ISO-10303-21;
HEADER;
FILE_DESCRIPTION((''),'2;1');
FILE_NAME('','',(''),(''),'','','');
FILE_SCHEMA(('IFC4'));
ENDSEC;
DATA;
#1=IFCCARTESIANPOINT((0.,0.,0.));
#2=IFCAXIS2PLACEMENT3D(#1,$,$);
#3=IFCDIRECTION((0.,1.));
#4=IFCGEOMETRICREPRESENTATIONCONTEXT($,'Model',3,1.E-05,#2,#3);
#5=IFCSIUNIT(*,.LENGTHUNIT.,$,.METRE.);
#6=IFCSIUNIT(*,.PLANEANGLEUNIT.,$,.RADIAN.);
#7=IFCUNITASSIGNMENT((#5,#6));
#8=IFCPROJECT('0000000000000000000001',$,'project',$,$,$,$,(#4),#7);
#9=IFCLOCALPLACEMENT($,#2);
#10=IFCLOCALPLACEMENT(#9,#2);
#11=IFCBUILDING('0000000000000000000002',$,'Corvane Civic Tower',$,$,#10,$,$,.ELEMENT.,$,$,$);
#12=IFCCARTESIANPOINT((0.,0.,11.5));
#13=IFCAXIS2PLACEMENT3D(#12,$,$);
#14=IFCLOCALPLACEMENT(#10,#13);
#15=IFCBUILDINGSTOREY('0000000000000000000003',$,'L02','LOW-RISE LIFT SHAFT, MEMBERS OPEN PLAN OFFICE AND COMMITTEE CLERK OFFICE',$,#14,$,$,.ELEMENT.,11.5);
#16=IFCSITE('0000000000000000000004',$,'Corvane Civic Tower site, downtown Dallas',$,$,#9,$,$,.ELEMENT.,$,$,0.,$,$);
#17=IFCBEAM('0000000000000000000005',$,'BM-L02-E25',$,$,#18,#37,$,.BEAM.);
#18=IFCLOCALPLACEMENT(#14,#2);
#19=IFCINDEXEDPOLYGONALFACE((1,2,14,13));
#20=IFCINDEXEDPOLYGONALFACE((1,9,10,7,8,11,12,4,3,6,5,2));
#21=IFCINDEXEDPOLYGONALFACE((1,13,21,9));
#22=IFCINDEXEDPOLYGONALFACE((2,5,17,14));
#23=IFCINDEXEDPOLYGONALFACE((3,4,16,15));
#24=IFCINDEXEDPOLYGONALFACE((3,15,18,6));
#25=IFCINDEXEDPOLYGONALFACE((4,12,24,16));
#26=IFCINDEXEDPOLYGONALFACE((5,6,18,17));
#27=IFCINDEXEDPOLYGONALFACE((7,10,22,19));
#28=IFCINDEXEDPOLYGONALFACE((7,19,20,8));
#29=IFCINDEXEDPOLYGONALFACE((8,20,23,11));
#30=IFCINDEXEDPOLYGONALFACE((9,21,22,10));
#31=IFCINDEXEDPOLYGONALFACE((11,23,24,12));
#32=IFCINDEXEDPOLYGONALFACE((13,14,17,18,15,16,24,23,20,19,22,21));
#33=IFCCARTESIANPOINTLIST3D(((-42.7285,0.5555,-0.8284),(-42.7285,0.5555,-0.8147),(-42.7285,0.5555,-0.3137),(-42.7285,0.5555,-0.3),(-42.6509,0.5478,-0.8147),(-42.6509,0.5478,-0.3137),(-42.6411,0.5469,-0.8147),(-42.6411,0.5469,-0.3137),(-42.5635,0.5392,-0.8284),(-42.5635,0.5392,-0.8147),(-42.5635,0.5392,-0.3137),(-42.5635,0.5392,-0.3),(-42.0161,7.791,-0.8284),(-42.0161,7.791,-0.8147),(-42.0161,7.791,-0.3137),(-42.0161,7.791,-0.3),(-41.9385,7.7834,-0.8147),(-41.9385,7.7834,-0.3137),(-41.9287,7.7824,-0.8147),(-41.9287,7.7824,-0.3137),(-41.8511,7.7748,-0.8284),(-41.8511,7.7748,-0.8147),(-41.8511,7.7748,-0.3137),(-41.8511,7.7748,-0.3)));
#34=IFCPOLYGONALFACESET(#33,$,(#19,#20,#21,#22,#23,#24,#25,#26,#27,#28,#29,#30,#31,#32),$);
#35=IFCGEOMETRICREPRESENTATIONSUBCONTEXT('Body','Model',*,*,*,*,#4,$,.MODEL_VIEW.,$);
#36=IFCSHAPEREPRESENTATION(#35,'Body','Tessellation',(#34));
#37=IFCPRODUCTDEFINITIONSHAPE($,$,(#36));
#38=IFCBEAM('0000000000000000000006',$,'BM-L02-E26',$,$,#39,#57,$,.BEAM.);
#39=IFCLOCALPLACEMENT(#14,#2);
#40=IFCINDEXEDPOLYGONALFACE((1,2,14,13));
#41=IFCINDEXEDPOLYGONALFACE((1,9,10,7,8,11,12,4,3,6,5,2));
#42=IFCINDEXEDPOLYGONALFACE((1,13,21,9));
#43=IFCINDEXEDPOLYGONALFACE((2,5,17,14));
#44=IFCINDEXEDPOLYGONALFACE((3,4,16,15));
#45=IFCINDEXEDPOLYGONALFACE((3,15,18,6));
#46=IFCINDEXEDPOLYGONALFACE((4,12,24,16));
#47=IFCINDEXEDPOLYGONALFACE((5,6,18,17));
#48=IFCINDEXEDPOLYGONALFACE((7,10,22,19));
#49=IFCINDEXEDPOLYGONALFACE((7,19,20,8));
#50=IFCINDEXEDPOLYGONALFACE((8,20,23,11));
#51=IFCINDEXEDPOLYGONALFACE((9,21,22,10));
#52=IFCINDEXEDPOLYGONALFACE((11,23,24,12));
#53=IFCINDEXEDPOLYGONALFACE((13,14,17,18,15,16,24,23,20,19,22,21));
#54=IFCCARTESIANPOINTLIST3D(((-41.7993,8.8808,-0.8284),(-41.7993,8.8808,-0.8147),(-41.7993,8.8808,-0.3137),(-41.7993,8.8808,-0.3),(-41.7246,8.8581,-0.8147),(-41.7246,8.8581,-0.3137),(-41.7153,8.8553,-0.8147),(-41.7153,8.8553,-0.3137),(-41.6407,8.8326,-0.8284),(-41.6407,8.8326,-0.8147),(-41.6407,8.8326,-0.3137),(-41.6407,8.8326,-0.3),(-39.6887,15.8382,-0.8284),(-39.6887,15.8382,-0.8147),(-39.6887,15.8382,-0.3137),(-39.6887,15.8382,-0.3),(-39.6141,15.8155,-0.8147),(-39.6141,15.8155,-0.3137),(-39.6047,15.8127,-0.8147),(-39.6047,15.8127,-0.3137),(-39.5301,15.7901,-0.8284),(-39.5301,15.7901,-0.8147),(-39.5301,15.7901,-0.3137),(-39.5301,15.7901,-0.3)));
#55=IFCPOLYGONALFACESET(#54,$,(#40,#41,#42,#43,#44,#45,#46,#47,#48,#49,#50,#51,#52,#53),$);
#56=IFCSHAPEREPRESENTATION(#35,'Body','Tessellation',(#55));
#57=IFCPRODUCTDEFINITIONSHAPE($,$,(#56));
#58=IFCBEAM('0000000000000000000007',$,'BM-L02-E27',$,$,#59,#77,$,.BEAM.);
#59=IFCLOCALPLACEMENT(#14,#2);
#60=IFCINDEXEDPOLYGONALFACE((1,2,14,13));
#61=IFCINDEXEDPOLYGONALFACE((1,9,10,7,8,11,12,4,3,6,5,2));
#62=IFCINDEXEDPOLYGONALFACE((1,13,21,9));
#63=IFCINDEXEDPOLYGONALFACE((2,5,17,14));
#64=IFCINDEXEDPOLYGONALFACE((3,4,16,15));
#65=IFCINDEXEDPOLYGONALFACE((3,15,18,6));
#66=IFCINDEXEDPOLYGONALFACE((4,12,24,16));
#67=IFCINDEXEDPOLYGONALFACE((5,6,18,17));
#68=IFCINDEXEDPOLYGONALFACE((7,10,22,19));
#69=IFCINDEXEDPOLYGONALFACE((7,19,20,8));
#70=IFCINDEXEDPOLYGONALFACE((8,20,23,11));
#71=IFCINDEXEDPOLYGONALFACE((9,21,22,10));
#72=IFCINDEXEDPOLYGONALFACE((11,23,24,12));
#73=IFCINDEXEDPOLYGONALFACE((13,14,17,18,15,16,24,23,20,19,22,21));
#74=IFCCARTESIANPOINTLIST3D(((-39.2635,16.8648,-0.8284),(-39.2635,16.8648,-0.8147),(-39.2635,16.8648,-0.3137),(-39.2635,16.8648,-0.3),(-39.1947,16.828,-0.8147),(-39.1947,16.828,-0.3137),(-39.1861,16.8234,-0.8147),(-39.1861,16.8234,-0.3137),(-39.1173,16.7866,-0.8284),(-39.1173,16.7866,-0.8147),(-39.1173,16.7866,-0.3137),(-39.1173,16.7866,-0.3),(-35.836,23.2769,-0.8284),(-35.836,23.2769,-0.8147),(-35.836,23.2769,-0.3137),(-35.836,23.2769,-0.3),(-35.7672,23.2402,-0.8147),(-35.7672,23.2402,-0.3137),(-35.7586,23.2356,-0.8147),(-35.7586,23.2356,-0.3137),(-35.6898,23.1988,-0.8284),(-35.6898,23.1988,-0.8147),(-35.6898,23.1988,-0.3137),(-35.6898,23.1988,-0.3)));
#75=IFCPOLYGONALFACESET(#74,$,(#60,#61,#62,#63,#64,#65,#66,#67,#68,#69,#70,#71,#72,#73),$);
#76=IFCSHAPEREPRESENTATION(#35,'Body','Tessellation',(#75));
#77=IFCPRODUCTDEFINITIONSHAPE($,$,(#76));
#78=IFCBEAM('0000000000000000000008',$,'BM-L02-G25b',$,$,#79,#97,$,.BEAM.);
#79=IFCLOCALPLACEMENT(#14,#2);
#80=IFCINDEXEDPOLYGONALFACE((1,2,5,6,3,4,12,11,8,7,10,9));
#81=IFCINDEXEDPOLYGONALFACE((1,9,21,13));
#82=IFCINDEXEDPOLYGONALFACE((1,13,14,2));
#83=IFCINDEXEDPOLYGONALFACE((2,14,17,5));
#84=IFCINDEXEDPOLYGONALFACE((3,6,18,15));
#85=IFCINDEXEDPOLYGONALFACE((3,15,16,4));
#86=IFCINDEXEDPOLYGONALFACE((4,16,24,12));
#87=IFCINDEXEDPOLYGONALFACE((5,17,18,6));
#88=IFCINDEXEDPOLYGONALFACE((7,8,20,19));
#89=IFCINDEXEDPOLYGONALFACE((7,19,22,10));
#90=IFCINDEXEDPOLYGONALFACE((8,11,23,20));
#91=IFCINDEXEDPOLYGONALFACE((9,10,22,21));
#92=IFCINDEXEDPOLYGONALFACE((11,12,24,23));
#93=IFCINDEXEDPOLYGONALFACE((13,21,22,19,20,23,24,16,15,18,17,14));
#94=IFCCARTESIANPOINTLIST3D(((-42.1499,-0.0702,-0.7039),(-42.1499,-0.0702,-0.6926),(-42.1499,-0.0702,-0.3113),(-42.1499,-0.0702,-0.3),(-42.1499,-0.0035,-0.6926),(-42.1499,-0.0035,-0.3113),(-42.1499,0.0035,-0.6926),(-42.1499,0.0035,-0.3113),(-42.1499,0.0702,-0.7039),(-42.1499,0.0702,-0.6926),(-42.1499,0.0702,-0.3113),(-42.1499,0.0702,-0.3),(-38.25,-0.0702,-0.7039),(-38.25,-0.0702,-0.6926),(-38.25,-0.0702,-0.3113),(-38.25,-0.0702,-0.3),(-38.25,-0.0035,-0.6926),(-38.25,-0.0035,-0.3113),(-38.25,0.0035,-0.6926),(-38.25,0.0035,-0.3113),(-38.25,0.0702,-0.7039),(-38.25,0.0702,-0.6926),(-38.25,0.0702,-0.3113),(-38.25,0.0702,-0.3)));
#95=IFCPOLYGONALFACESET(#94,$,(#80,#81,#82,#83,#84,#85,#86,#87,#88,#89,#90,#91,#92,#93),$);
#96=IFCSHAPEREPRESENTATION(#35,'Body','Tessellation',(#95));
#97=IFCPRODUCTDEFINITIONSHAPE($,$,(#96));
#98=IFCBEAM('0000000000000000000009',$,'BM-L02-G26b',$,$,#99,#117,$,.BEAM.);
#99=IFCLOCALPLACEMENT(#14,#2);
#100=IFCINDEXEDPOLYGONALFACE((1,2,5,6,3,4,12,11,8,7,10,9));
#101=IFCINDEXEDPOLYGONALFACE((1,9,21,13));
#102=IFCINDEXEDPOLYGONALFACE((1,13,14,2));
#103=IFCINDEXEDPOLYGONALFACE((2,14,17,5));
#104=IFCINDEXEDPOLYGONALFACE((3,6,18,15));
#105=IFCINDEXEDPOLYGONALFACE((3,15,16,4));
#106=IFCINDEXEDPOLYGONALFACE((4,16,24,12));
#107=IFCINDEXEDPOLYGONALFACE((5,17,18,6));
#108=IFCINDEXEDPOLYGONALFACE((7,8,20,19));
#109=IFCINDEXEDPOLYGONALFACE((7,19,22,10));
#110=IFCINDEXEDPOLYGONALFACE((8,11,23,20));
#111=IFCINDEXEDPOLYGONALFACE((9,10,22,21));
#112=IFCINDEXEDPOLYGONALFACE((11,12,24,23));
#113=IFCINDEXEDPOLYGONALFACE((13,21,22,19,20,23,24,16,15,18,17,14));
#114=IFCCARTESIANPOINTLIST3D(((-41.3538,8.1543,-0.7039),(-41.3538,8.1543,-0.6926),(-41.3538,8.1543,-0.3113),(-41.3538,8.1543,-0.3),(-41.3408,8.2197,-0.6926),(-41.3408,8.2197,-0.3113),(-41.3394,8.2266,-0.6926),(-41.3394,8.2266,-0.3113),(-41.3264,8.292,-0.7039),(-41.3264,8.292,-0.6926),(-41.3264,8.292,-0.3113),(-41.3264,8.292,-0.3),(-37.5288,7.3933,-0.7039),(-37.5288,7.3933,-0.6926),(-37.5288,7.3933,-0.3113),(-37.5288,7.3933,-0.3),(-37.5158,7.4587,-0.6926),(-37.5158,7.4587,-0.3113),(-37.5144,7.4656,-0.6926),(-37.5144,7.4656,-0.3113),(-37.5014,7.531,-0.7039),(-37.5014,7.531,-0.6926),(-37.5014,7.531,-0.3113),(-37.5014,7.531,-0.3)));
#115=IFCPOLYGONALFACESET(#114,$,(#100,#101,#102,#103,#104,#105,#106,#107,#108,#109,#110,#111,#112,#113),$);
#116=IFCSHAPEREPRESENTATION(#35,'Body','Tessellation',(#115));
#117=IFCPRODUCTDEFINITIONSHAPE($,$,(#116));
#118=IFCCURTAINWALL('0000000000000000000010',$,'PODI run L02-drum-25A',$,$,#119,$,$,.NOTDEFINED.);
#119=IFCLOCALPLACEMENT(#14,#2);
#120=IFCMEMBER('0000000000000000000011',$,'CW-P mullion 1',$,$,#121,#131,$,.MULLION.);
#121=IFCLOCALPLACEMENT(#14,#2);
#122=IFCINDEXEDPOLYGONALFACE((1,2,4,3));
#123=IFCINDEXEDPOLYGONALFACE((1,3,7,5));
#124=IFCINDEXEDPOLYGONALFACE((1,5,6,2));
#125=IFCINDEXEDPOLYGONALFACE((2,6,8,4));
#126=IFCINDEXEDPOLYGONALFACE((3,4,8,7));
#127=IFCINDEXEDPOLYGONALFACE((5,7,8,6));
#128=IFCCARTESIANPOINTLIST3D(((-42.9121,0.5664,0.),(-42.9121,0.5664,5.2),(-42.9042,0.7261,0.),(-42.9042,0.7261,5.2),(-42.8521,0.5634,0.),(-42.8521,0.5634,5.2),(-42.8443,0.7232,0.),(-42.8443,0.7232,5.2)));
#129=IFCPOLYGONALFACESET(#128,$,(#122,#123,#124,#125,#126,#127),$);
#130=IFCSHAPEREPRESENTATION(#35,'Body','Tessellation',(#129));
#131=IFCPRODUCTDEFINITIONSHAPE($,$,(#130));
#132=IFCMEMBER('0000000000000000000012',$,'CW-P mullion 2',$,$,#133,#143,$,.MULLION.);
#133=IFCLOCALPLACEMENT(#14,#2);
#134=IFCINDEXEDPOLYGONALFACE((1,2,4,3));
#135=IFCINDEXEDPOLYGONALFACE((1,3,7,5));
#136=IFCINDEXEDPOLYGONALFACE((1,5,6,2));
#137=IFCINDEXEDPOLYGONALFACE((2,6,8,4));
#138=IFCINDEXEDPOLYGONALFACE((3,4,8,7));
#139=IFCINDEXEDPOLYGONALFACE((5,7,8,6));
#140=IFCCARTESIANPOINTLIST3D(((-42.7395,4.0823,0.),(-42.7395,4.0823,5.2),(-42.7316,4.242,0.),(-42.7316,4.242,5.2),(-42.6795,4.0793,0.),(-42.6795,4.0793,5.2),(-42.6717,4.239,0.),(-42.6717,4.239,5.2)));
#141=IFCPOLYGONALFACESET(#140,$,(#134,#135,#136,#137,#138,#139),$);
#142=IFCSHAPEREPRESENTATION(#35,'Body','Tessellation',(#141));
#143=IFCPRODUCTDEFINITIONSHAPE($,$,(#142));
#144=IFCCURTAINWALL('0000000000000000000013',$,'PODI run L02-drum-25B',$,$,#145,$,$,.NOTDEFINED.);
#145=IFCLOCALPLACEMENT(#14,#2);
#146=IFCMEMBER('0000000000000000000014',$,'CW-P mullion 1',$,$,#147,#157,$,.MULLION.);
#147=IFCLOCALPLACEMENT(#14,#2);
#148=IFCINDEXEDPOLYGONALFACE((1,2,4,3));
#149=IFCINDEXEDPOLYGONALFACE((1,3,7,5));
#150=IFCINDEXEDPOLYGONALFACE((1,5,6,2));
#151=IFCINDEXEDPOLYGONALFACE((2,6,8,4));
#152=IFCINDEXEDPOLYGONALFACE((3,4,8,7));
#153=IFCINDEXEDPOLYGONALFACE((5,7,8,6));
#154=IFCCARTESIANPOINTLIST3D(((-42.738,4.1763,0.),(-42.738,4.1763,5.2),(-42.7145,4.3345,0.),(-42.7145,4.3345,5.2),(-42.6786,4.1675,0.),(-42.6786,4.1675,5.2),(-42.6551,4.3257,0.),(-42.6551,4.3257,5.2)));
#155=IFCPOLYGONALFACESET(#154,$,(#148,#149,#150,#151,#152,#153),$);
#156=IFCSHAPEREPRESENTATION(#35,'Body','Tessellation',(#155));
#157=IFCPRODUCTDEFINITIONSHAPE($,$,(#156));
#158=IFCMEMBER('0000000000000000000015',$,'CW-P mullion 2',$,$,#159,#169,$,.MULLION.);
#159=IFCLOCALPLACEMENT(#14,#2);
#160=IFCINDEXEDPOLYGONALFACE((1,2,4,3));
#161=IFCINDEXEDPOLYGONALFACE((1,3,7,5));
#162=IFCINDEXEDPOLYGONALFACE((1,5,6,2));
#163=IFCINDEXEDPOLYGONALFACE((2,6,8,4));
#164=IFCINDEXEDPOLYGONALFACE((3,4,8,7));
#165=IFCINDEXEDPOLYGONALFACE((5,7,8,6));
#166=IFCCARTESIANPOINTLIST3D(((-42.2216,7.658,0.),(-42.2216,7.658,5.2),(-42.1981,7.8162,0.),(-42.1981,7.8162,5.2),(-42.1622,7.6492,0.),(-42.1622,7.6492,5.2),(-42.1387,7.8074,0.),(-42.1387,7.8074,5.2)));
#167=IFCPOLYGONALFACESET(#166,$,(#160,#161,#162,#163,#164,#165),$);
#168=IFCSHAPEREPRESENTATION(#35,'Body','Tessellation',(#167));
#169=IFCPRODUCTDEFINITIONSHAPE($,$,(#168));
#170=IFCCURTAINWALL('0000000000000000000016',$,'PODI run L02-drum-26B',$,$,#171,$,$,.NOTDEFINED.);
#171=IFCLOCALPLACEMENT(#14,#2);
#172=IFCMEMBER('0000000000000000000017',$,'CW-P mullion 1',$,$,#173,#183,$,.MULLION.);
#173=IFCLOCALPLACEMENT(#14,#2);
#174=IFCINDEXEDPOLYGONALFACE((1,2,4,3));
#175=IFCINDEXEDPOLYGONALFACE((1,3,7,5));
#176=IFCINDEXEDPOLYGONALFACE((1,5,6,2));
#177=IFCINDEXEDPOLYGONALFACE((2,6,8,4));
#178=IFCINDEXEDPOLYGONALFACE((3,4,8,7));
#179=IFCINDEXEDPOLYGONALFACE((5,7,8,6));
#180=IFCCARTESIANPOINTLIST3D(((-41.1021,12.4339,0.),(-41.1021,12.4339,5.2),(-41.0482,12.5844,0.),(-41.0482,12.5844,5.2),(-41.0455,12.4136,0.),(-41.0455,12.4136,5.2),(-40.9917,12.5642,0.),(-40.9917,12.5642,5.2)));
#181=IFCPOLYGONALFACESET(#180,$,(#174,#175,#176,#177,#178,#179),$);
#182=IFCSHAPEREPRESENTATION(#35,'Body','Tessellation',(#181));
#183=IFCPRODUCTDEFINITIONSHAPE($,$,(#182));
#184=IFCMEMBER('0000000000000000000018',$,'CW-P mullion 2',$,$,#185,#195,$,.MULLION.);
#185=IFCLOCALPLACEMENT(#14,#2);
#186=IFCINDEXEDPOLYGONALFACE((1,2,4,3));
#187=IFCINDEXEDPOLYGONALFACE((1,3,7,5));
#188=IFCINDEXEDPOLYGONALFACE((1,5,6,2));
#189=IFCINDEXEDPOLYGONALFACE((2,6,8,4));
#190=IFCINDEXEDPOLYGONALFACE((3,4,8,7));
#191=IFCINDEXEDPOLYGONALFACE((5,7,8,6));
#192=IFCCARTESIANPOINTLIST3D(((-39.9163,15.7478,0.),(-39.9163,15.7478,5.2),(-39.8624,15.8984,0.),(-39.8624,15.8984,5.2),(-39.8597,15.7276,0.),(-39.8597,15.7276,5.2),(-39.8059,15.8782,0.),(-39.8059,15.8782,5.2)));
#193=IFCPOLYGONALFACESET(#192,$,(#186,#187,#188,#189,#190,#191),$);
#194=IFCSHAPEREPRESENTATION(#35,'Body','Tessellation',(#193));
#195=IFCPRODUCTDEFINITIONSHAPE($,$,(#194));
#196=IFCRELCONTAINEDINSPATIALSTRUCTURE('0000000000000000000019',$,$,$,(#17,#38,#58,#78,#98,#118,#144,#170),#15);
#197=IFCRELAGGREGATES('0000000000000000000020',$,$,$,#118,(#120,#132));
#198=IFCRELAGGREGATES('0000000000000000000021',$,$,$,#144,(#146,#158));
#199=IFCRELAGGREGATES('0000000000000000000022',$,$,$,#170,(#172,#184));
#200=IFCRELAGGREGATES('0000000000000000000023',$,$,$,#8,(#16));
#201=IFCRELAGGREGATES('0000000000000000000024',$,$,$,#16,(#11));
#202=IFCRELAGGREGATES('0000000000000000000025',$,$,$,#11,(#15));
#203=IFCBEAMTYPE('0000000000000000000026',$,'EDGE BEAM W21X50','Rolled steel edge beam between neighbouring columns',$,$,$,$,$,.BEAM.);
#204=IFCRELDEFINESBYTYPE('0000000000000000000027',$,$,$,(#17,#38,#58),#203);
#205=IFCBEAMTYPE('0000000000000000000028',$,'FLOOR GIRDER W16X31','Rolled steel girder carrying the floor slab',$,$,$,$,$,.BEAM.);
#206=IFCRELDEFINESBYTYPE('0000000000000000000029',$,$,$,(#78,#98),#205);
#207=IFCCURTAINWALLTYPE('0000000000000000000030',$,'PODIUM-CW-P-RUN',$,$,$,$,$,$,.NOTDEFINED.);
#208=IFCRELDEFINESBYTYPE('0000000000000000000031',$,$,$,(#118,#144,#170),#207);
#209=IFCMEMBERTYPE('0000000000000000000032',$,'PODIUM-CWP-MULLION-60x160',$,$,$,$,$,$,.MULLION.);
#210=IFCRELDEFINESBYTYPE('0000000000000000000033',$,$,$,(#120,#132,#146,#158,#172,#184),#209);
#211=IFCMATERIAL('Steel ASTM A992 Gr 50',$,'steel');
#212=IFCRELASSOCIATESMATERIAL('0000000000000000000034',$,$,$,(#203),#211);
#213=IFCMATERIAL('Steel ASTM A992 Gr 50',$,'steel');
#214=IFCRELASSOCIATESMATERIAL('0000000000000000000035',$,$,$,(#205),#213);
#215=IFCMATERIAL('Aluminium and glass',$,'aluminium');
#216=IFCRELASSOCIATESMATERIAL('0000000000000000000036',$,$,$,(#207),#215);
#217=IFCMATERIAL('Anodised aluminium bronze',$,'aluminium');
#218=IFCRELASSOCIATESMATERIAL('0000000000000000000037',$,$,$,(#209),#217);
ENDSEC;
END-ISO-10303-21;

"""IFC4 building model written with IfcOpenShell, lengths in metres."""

from ifc_helpers import new_model, si_unit, direction, frame, origin, origin_2d, place, context, subcontext, project, spatial, rectangle, i_section, extrude, material, material_profile, profile_set, type_object, element, aggregate, save


model = new_model("IFC4")

# Units and contexts
model_context = context("Model", 3, precision=1e-05, world=origin(), true_north=direction((0.0, 1.0)))
body_context = subcontext(model_context, "Body", "Model", "MODEL_VIEW")
ifc_project = project(units=[si_unit("LENGTHUNIT", "METRE"), si_unit("PLANEANGLEUNIT", "RADIAN")], contexts=[model_context])

# Site, building, storey
site_placement = place(None, origin())
site = spatial("IfcSite", under=ifc_project, at=site_placement, Name="Corvane Civic Tower site, downtown Dallas", CompositionType="ELEMENT", RefElevation=0.0)
building_placement = place(site_placement, origin())
building = spatial("IfcBuilding", under=site, at=building_placement, Name="Corvane Civic Tower", CompositionType="ELEMENT")
storey_placement = place(building_placement, frame((0.0, 0.0, 11.5)))
storey = spatial("IfcBuildingStorey", under=building, at=storey_placement, Name="L02", Description="LOW-RISE LIFT SHAFT, MEMBERS OPEN PLAN OFFICE AND COMMITTEE CLERK OFFICE", CompositionType="ELEMENT", Elevation=11.5)

# Beams
ifc_material_1 = material(Name="Steel ASTM A992 Gr 50", Category="steel")
ifc_material_profile_1 = material_profile(ifc_material_1, i_section(OverallWidth=0.1658, OverallDepth=0.5283, WebThickness=0.0098, FlangeThickness=0.0137, at=origin_2d()), Name="W21X50")
ifc_profile_set_1 = profile_set([ifc_material_profile_1], Name="Steel ASTM A992 Gr 50")
beam_type_1 = type_object("IfcBeamType", Name="EDGE BEAM W21X50", Description="Rolled steel edge beam between neighbouring columns", PredefinedType="BEAM", material=ifc_profile_set_1)
for number, where, z_axis, x_axis, name in (
    (1, (-42.646, 0.5474, -0.5642), (0.097984, 0.995188, 0.0), (-0.995188, 0.097984, 0.0), "BM-L02-E25"),
    (2, (-41.72, 8.8567, -0.5642), (0.290292, 0.956938, 0.0), (-0.956938, 0.290292, 0.0), "BM-L02-E26"),
):
    element("IfcBeam", number, at=place(storey_placement, frame(where, z_axis=z_axis, x_axis=x_axis)), inside=storey, type_object=beam_type_1, Name=name, PredefinedType="BEAM", context=body_context, shape_type="SweptSolid", body=[
        extrude(i_section(OverallWidth=0.1658, OverallDepth=0.5283, WebThickness=0.0098, FlangeThickness=0.0137, at=origin_2d()), origin(), (0.0, 0.0, 1.0), 7.2705),
    ])
beam_placement = place(storey_placement, frame((-39.1904, 16.8257, -0.5642), z_axis=(0.471412, 0.881913, 0.0), x_axis=(-0.881913, 0.471412, 0.0)))
element("IfcBeam", 3, at=beam_placement, inside=storey, type_object=beam_type_1, Name="BM-L02-E27", PredefinedType="BEAM", context=body_context, shape_type="SweptSolid", body=[
    extrude(i_section(OverallWidth=0.1658, OverallDepth=0.5283, WebThickness=0.0098, FlangeThickness=0.0137, at=origin_2d()), origin(), (0.0, 0.0, 1.0), 7.2708),
])
ifc_material_2 = material(Name="Steel ASTM A992 Gr 50", Category="steel")
ifc_material_profile_2 = material_profile(ifc_material_2, i_section(OverallWidth=0.1404, OverallDepth=0.4038, WebThickness=0.0071, FlangeThickness=0.0112, at=origin_2d()), Name="W16X31")
ifc_profile_set_2 = profile_set([ifc_material_profile_2], Name="Steel ASTM A992 Gr 50")
beam_type_2 = type_object("IfcBeamType", Name="FLOOR GIRDER W16X31", Description="Rolled steel girder carrying the floor slab", PredefinedType="BEAM", material=ifc_profile_set_2)
for number, where, z_axis, x_axis, name in (
    (4, (-38.25, 0.0, -0.502), (-1.0, 0.0, 0.0), (0.0, -1.0, 0.0), "BM-L02-G25b"),
    (5, (-37.5151, 7.4622, -0.502), (-0.980778, 0.195129, 0.0), (-0.195129, -0.980778, 0.0), "BM-L02-G26b"),
):
    element("IfcBeam", number, at=place(storey_placement, frame(where, z_axis=z_axis, x_axis=x_axis)), inside=storey, type_object=beam_type_2, Name=name, PredefinedType="BEAM", context=body_context, shape_type="SweptSolid", body=[
        extrude(i_section(OverallWidth=0.1404, OverallDepth=0.4038, WebThickness=0.0071, FlangeThickness=0.0112, at=origin_2d()), origin(), (0.0, 0.0, 1.0), 3.8999),
    ])

# Curtain walls, members
ifc_material_3 = material(Name="Aluminium and glass", Category="aluminium")
curtain_wall_type = type_object("IfcCurtainWallType", Name="PODIUM-CW-P-RUN", PredefinedType="NOTDEFINED", material=ifc_material_3)
curtain_wall_1_placement = place(storey_placement, origin())
curtain_wall_1 = element("IfcCurtainWall", 6, at=curtain_wall_1_placement, inside=storey, type_object=curtain_wall_type, Name="PODI run L02-drum-25A", PredefinedType="NOTDEFINED")
ifc_material_4 = material(Name="Anodised aluminium bronze", Category="aluminium")
ifc_material_profile_3 = material_profile(ifc_material_4, rectangle(XDim=0.0601, YDim=0.1599, at=origin_2d()), Name="AL 60x160")
ifc_profile_set_3 = profile_set([ifc_material_profile_3], Name="Anodised aluminium bronze")
member_type_1 = type_object("IfcMemberType", Name="PODIUM-CWP-MULLION-60x160", PredefinedType="MULLION", material=ifc_profile_set_3)
member_1_placement = place(storey_placement, frame((-42.8782, 0.6448, 0.0), z_axis=(0.0, 0.0, 1.0), x_axis=(-0.998796, 0.04905, 0.0)))
member_1 = element("IfcMember", 7, at=member_1_placement, type_object=member_type_1, Name="CW-P mullion 1", PredefinedType="MULLION", context=body_context, shape_type="SweptSolid", body=[
    extrude(rectangle(XDim=0.0601, YDim=0.1599, at=origin_2d()), origin(), (0.0, 0.0, 1.0), 5.2),
])
member_2_placement = place(storey_placement, frame((-42.7056, 4.1606, 0.0), z_axis=(0.0, 0.0, 1.0), x_axis=(-0.998796, 0.04905, 0.0)))
member_2 = element("IfcMember", 8, at=member_2_placement, type_object=member_type_1, Name="CW-P mullion 2", PredefinedType="MULLION", context=body_context, shape_type="SweptSolid", body=[
    extrude(rectangle(XDim=0.0601, YDim=0.1599, at=origin_2d()), origin(), (0.0, 0.0, 1.0), 5.2),
])
curtain_wall_2_placement = place(storey_placement, origin())
curtain_wall_2 = element("IfcCurtainWall", 9, at=curtain_wall_2_placement, inside=storey, type_object=curtain_wall_type, Name="PODI run L02-drum-25B", PredefinedType="NOTDEFINED")
member_3_placement = place(storey_placement, frame((-42.6965, 4.251, 0.0), z_axis=(0.0, 0.0, 1.0), x_axis=(-0.989179, 0.146715, 0.0)))
member_3 = element("IfcMember", 10, at=member_3_placement, type_object=member_type_1, Name="CW-P mullion 1", PredefinedType="MULLION", context=body_context, shape_type="SweptSolid", body=[
    extrude(rectangle(XDim=0.0601, YDim=0.1599, at=origin_2d()), origin(), (0.0, 0.0, 1.0), 5.2),
])
member_4_placement = place(storey_placement, frame((-42.1802, 7.7327, 0.0), z_axis=(0.0, 0.0, 1.0), x_axis=(-0.989179, 0.146715, 0.0)))
member_4 = element("IfcMember", 11, at=member_4_placement, type_object=member_type_1, Name="CW-P mullion 2", PredefinedType="MULLION", context=body_context, shape_type="SweptSolid", body=[
    extrude(rectangle(XDim=0.0601, YDim=0.1599, at=origin_2d()), origin(), (0.0, 0.0, 1.0), 5.2),
])
curtain_wall_3_placement = place(storey_placement, origin())
curtain_wall_3 = element("IfcCurtainWall", 12, at=curtain_wall_3_placement, inside=storey, type_object=curtain_wall_type, Name="PODI run L02-drum-26B", PredefinedType="NOTDEFINED")
member_5_placement = place(storey_placement, frame((-41.0469, 12.499, 0.0), z_axis=(0.0, 0.0, 1.0), x_axis=(-0.941534, 0.336919, 0.0)))
member_5 = element("IfcMember", 13, at=member_5_placement, type_object=member_type_1, Name="CW-P mullion 1", PredefinedType="MULLION", context=body_context, shape_type="SweptSolid", body=[
    extrude(rectangle(XDim=0.0601, YDim=0.1599, at=origin_2d()), origin(), (0.0, 0.0, 1.0), 5.2),
])
member_6_placement = place(storey_placement, frame((-39.8611, 15.813, 0.0), z_axis=(0.0, 0.0, 1.0), x_axis=(-0.941534, 0.336919, 0.0)))
member_6 = element("IfcMember", 14, at=member_6_placement, type_object=member_type_1, Name="CW-P mullion 2", PredefinedType="MULLION", context=body_context, shape_type="SweptSolid", body=[
    extrude(rectangle(XDim=0.0601, YDim=0.1599, at=origin_2d()), origin(), (0.0, 0.0, 1.0), 5.2),
])

aggregate(curtain_wall_1, [member_1, member_2])
aggregate(curtain_wall_2, [member_3, member_4])
aggregate(curtain_wall_3, [member_5, member_6])

save(model, "model.ifc")
